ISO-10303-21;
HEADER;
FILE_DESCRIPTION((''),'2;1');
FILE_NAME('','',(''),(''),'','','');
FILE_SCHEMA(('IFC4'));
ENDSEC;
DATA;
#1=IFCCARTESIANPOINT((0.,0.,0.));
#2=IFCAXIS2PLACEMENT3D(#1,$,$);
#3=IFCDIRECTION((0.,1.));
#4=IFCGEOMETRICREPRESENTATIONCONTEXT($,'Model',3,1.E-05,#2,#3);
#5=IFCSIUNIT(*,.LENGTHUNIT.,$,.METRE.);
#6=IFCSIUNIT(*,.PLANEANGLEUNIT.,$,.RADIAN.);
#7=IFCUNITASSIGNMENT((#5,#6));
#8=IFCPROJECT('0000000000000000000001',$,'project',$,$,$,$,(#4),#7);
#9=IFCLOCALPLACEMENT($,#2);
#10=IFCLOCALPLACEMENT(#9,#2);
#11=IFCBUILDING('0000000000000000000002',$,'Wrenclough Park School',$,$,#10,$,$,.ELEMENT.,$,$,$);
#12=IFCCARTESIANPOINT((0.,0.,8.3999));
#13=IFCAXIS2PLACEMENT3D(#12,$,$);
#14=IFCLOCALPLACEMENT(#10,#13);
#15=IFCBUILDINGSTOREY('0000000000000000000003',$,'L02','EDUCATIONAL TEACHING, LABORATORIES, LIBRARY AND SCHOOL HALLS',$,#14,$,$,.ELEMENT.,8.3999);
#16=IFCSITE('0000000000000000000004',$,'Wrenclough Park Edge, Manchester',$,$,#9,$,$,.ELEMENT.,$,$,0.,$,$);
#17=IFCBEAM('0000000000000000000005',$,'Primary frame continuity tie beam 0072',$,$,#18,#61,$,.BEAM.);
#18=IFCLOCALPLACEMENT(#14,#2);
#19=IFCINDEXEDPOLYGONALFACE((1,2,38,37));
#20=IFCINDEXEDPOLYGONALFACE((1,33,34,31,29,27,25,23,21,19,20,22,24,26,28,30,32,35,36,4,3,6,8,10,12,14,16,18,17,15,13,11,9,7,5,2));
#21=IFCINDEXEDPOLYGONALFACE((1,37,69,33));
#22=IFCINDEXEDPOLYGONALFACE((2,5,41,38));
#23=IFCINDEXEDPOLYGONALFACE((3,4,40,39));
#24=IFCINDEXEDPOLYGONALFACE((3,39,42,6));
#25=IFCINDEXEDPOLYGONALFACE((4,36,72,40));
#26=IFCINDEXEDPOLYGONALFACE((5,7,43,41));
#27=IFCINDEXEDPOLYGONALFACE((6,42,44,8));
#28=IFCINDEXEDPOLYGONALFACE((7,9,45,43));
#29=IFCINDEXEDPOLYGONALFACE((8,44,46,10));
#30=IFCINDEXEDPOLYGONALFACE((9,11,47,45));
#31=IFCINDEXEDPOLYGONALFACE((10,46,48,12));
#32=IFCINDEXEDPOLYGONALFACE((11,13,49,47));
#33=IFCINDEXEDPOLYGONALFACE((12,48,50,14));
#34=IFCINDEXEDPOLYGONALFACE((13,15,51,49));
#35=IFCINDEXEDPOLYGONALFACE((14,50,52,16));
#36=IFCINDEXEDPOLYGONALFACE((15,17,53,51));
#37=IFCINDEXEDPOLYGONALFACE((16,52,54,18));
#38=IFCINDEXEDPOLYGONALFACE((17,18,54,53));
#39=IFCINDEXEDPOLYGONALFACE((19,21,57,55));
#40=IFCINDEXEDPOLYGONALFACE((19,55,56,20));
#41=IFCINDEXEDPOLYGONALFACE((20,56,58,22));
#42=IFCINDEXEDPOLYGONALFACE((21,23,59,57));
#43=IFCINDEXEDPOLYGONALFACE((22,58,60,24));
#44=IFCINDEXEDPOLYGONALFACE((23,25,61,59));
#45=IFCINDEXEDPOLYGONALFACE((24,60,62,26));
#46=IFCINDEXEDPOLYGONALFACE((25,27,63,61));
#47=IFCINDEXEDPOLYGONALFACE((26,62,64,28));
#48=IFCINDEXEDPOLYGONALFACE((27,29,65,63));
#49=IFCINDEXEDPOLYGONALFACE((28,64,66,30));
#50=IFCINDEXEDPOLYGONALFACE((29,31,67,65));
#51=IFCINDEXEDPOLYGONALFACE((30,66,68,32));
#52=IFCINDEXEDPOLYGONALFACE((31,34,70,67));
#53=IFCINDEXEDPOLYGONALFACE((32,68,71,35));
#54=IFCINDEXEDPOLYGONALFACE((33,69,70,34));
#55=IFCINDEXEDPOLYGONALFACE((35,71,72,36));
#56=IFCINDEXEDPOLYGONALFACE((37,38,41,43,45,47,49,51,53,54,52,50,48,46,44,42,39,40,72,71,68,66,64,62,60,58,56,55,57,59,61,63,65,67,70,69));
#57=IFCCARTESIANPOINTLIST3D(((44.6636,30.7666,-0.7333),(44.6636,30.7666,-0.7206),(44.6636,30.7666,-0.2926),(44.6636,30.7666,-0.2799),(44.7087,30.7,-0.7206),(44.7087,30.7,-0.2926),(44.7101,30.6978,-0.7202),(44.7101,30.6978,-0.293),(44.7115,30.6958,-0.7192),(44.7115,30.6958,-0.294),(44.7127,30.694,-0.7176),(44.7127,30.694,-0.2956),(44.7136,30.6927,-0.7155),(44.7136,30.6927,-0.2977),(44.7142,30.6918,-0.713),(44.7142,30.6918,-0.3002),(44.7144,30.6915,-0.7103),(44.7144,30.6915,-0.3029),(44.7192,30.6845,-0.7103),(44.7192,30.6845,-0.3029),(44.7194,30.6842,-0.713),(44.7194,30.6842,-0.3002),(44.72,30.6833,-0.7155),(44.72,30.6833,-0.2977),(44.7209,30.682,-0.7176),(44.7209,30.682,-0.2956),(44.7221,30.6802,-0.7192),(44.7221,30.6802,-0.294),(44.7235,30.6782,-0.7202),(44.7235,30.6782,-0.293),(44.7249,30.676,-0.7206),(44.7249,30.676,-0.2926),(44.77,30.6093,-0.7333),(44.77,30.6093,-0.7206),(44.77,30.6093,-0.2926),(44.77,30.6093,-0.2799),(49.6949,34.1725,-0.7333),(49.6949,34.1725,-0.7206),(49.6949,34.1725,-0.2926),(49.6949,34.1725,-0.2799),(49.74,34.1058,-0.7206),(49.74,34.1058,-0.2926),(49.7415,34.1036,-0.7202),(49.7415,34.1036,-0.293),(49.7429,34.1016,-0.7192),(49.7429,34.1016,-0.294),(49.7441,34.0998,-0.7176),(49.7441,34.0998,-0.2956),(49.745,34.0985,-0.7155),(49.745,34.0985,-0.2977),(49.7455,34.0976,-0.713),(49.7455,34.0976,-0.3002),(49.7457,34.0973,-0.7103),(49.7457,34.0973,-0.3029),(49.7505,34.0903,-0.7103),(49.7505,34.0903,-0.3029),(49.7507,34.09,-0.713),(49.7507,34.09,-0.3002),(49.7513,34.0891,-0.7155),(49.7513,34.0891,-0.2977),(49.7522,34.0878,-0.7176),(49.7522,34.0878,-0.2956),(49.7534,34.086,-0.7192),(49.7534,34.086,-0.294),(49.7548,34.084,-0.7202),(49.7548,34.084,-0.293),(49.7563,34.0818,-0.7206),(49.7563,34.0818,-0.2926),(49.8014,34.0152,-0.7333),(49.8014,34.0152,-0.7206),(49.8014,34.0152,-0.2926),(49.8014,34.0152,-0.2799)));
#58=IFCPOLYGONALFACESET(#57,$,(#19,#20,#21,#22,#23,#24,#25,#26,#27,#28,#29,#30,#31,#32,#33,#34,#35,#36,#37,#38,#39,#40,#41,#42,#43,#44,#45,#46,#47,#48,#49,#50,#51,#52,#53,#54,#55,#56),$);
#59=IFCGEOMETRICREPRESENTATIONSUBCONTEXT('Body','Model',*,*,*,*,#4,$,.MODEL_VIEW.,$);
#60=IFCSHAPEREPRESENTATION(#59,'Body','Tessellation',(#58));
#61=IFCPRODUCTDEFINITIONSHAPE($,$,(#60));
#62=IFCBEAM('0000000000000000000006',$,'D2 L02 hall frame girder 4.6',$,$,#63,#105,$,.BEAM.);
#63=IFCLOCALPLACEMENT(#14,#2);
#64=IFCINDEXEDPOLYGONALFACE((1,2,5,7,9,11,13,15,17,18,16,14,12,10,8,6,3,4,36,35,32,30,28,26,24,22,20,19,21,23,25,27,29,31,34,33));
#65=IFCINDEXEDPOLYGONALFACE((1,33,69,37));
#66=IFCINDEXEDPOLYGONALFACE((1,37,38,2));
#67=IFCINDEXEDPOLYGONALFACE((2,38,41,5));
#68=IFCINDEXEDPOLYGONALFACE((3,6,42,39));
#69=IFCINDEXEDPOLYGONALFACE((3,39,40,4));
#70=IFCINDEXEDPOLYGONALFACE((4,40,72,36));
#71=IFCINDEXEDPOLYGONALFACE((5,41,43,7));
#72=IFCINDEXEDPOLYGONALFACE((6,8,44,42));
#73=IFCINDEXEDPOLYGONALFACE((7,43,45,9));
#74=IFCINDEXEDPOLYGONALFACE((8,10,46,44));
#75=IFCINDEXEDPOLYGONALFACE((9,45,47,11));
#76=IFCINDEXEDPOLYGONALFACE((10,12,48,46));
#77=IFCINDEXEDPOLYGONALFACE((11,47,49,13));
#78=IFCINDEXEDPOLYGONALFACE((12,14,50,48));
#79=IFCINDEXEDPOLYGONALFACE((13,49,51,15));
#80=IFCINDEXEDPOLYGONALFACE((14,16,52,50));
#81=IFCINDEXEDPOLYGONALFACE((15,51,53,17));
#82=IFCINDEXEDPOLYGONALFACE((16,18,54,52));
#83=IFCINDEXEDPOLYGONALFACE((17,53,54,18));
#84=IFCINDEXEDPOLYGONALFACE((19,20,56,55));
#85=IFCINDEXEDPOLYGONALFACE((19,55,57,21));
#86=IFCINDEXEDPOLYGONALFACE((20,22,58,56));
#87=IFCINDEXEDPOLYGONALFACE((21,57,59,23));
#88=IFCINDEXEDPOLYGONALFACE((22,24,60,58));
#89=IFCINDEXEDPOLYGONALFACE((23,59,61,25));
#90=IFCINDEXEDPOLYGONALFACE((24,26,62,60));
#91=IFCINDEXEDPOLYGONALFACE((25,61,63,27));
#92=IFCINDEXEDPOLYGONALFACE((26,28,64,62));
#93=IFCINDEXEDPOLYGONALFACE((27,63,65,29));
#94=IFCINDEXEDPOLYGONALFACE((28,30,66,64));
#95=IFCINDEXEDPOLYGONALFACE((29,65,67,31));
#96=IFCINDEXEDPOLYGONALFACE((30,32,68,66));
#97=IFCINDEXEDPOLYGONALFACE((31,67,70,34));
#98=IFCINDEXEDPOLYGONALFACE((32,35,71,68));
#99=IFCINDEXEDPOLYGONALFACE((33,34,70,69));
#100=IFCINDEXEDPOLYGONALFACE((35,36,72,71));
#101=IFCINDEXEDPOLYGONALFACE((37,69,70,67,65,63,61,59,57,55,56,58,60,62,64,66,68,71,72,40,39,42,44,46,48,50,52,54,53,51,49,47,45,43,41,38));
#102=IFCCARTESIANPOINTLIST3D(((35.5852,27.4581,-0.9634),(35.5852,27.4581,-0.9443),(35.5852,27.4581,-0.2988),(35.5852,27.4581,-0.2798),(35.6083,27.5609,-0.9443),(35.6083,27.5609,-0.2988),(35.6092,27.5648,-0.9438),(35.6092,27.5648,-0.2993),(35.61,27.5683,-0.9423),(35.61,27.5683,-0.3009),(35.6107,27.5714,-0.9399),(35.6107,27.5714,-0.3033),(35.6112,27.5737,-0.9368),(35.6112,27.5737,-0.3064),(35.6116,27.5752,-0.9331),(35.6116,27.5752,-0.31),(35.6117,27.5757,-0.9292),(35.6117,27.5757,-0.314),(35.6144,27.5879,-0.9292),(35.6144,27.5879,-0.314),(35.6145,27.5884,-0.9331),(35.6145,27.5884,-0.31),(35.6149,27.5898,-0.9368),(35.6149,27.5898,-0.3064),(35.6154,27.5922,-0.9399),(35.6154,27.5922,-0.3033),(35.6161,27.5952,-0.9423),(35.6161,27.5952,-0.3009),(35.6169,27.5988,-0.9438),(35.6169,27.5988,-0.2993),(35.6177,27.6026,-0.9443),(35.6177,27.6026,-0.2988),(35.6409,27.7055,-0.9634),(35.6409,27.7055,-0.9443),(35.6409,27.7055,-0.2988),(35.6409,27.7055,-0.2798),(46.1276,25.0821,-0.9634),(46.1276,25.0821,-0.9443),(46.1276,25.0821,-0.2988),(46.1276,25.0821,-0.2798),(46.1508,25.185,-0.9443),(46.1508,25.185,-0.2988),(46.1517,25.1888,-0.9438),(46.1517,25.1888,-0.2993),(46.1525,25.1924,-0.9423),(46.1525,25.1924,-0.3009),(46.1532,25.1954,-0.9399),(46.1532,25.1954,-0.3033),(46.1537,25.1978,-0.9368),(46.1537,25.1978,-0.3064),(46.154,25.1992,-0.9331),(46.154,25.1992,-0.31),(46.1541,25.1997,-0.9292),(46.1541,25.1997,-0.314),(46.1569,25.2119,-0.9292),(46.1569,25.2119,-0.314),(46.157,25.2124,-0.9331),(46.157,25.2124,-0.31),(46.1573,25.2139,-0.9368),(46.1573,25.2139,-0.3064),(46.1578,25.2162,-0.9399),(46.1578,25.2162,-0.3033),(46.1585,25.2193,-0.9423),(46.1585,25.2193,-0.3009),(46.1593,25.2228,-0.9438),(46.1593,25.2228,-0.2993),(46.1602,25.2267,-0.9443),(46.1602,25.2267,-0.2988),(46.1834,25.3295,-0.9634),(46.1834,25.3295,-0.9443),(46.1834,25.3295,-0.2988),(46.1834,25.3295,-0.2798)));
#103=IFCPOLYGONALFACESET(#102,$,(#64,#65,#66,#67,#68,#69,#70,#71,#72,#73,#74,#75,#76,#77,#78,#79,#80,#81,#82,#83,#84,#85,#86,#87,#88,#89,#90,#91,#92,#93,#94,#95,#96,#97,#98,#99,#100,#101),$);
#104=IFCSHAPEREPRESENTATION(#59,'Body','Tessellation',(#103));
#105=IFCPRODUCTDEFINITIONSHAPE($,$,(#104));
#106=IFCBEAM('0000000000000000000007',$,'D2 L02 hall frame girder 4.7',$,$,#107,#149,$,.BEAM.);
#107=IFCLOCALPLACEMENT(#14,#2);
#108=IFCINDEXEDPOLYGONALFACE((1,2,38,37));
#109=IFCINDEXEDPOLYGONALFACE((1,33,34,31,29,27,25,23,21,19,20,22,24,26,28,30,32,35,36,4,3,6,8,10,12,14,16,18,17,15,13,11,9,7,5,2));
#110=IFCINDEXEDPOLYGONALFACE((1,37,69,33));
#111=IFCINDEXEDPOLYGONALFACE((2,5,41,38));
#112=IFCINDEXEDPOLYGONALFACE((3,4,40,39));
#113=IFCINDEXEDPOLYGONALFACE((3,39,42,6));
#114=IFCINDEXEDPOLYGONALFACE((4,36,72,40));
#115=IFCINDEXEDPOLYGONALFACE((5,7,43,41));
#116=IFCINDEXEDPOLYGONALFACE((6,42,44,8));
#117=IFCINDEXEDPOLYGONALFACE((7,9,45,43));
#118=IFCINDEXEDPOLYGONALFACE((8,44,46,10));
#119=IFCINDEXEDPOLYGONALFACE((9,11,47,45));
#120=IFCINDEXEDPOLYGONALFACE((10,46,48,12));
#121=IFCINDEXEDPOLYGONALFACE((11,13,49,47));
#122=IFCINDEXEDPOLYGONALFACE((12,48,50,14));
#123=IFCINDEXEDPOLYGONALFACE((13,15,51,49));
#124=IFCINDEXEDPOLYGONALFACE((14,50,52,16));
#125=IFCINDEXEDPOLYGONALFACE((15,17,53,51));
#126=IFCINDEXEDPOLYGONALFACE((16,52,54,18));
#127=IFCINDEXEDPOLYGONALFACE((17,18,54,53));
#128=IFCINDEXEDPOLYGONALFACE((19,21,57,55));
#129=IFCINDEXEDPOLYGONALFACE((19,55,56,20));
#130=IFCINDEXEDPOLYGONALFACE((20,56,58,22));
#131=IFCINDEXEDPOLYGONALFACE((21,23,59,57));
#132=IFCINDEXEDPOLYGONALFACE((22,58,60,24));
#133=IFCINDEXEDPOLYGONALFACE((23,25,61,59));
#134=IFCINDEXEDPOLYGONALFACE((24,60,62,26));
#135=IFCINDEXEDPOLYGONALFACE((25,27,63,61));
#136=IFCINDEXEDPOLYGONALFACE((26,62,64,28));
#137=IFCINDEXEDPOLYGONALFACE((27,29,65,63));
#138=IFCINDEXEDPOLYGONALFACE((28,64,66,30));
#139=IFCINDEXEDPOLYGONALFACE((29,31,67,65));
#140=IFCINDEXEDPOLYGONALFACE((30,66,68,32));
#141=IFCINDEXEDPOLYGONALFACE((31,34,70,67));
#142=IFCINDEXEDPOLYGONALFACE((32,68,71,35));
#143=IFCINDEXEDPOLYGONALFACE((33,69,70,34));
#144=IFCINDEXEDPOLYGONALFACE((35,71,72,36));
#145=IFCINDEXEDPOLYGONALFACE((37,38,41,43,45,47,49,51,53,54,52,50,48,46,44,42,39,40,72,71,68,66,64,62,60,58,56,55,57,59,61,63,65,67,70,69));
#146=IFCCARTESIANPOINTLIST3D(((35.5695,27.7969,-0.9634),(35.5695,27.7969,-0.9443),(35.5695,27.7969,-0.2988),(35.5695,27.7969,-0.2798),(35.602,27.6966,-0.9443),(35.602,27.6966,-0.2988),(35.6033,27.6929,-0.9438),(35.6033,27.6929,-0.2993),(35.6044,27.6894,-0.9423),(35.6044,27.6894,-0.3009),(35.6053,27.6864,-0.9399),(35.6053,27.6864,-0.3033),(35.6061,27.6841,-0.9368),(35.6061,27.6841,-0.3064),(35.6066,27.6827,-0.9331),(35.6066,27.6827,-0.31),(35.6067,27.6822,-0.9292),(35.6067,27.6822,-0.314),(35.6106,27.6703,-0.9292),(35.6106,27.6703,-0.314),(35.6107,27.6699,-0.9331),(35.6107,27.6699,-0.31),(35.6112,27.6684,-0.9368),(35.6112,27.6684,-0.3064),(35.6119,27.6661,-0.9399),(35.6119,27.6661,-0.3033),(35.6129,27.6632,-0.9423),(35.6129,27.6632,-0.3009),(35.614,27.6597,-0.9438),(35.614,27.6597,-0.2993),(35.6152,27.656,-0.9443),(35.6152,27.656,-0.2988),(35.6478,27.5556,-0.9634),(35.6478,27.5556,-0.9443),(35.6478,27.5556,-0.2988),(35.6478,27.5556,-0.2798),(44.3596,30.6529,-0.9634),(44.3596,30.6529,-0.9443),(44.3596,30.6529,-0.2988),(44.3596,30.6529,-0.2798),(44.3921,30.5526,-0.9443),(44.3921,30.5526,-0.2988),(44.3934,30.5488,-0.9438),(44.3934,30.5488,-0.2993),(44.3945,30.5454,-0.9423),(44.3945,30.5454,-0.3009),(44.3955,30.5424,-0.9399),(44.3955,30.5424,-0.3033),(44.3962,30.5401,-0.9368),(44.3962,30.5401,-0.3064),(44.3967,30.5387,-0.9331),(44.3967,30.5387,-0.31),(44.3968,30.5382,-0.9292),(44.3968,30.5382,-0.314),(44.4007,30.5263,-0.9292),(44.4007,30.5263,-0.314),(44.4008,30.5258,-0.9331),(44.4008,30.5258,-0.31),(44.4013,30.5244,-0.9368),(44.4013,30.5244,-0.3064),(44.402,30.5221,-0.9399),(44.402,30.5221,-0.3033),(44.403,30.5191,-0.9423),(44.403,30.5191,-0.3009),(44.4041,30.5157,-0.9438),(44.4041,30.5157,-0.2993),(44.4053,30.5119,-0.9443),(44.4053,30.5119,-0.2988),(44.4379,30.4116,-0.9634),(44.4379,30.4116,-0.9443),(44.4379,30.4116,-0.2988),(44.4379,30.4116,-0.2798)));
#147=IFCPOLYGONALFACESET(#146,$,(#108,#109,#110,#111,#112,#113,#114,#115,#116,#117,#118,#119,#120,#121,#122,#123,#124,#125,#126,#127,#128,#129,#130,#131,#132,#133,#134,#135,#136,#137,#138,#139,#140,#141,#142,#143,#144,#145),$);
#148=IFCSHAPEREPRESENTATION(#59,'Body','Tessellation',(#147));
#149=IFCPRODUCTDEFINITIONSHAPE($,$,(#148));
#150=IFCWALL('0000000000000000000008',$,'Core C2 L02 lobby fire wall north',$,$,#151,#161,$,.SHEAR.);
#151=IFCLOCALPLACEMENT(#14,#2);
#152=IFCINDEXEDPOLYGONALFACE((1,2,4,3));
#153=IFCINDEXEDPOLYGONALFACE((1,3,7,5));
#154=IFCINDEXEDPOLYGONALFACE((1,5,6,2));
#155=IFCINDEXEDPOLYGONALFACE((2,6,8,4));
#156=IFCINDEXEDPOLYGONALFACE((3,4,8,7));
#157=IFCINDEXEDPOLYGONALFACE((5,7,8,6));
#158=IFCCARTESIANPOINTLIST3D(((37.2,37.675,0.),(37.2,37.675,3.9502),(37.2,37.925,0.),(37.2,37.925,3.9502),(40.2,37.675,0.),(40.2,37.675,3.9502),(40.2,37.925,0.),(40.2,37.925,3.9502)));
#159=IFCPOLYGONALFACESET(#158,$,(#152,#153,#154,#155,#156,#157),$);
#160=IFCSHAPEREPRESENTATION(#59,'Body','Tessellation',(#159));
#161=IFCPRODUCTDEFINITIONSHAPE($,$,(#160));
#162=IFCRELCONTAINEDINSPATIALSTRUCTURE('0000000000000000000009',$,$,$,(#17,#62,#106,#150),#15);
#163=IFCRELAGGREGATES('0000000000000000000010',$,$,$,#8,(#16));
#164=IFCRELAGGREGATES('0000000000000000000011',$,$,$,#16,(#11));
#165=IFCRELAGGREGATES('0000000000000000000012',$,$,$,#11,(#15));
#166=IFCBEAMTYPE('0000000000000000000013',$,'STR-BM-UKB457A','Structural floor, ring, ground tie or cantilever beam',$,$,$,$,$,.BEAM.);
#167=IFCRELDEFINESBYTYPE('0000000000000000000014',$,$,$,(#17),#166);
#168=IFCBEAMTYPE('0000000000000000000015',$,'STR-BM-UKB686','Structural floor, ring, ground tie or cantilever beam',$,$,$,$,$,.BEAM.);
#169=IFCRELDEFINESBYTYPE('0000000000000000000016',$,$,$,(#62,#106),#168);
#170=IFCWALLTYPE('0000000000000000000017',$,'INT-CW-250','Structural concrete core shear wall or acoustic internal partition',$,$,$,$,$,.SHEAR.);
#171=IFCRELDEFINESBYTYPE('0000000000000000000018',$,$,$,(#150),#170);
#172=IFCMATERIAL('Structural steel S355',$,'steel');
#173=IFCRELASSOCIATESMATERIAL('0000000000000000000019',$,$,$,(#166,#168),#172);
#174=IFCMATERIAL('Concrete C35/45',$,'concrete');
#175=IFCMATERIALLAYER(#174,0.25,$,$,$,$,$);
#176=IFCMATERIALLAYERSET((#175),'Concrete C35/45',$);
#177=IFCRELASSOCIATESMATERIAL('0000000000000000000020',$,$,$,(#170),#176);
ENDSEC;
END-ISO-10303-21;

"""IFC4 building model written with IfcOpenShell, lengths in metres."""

from ifc_helpers import new_model, si_unit, direction, frame, frame_2d, origin, origin_2d, place, context, subcontext, project, spatial, rectangle, i_section, extrude, material, layer, layer_set, material_profile, profile_set, type_object, element, save


model = new_model("IFC4")

# Units and contexts
model_context = context("Model", 3, precision=1e-05, world=origin(), true_north=direction((0.0, 1.0)))
body_context = subcontext(model_context, "Body", "Model", "MODEL_VIEW")
ifc_project = project(units=[si_unit("LENGTHUNIT", "METRE"), si_unit("PLANEANGLEUNIT", "RADIAN")], contexts=[model_context])

# Site, building, storey
site_placement = place(None, origin())
site = spatial("IfcSite", under=ifc_project, at=site_placement, Name="Wrenclough Park Edge, Manchester", CompositionType="ELEMENT", RefElevation=0.0)
building_placement = place(site_placement, origin())
building = spatial("IfcBuilding", under=site, at=building_placement, Name="Wrenclough Park School", CompositionType="ELEMENT")
storey_placement = place(building_placement, frame((0.0, 0.0, 8.3999)))
storey = spatial("IfcBuildingStorey", under=building, at=storey_placement, Name="L02", Description="EDUCATIONAL TEACHING, LABORATORIES, LIBRARY AND SCHOOL HALLS", CompositionType="ELEMENT", Elevation=8.3999)

# Shared definitions
ifc_material_1 = material(Name="Structural steel S355", Category="steel")

# Beams
ifc_material_profile_1 = material_profile(ifc_material_1, i_section(OverallWidth=0.1899, OverallDepth=0.4534, WebThickness=0.0085, FlangeThickness=0.0127, FilletRadius=0.0103, at=origin_2d()), Name="UKB 457x191x67")
ifc_profile_set_1 = profile_set([ifc_material_profile_1], Name="Structural steel S355")
beam_type_1 = type_object("IfcBeamType", Name="STR-BM-UKB457A", Description="Structural floor, ring, ground tie or cantilever beam", PredefinedType="BEAM", material=ifc_profile_set_1)
beam_1_placement = place(storey_placement, frame((44.7168, 30.688, -0.5066), z_axis=(0.82811, 0.560566, 0.0), x_axis=(-0.560566, 0.82811, 0.0)))
element("IfcBeam", 1, at=beam_1_placement, inside=storey, type_object=beam_type_1, Name="Primary frame continuity tie beam 0072", PredefinedType="BEAM", context=body_context, shape_type="SweptSolid", body=[
    extrude(i_section(OverallWidth=0.1899, OverallDepth=0.4534, WebThickness=0.0085, FlangeThickness=0.0127, FilletRadius=0.0103, at=origin_2d()), origin(), (0.0, 0.0, 1.0), 6.0757),
])
ifc_material_profile_2 = material_profile(ifc_material_1, i_section(OverallWidth=0.2537, OverallDepth=0.6836, WebThickness=0.0125, FlangeThickness=0.019, FilletRadius=0.0151, at=origin_2d()), Name="UKB 686x254x140")
ifc_profile_set_2 = profile_set([ifc_material_profile_2], Name="Structural steel S355")
beam_type_2 = type_object("IfcBeamType", Name="STR-BM-UKB686", Description="Structural floor, ring, ground tie or cantilever beam", PredefinedType="BEAM", material=ifc_profile_set_2)
beam_2_placement = place(storey_placement, frame((35.613, 27.5818, -0.6216), z_axis=(0.975532, -0.219857, 0.0), x_axis=(0.219857, 0.975532, 0.0)))
element("IfcBeam", 2, at=beam_2_placement, inside=storey, type_object=beam_type_2, Name="D2 L02 hall frame girder 4.6", PredefinedType="BEAM", context=body_context, shape_type="SweptSolid", body=[
    extrude(i_section(OverallWidth=0.2537, OverallDepth=0.6836, WebThickness=0.0125, FlangeThickness=0.019, FilletRadius=0.0151, at=origin_2d()), origin(), (0.0, 0.0, 1.0), 10.8069),
])
beam_3_placement = place(storey_placement, frame((35.6086, 27.6763, -0.6216), z_axis=(0.95106, 0.309007, 0.0), x_axis=(-0.309007, 0.95106, 0.0)))
element("IfcBeam", 3, at=beam_3_placement, inside=storey, type_object=beam_type_2, Name="D2 L02 hall frame girder 4.7", PredefinedType="BEAM", context=body_context, shape_type="SweptSolid", body=[
    extrude(i_section(OverallWidth=0.2537, OverallDepth=0.6836, WebThickness=0.0125, FlangeThickness=0.019, FilletRadius=0.0151, at=origin_2d()), origin(), (0.0, 0.0, 1.0), 9.2424),
])

# Shared definitions
ifc_material_2 = material(Name="Concrete C35/45", Category="concrete")
ifc_layer_1 = layer(ifc_material_2, 0.25)
ifc_layer_set_1 = layer_set([ifc_layer_1], Name="Concrete C35/45")
wall_type_1 = type_object("IfcWallType", Name="INT-CW-250", Description="Structural concrete core shear wall or acoustic internal partition", PredefinedType="SHEAR", material=ifc_layer_set_1)

# Wall
wall_1_placement = place(storey_placement, frame((40.2, 37.8, 0.0), z_axis=(0.0, 0.0, 1.0), x_axis=(-1.0, 0.0, 0.0)))
element("IfcWall", 4, at=wall_1_placement, inside=storey, type_object=wall_type_1, Name="Core C2 L02 lobby fire wall north", PredefinedType="SHEAR", context=body_context, shape_type="SweptSolid", body=[
    extrude(rectangle(XDim=3.0, YDim=0.25, at=frame_2d((1.5, 0.0))), origin(), (0.0, 0.0, 1.0), 3.9502),
])

save(model, "model.ifc")
